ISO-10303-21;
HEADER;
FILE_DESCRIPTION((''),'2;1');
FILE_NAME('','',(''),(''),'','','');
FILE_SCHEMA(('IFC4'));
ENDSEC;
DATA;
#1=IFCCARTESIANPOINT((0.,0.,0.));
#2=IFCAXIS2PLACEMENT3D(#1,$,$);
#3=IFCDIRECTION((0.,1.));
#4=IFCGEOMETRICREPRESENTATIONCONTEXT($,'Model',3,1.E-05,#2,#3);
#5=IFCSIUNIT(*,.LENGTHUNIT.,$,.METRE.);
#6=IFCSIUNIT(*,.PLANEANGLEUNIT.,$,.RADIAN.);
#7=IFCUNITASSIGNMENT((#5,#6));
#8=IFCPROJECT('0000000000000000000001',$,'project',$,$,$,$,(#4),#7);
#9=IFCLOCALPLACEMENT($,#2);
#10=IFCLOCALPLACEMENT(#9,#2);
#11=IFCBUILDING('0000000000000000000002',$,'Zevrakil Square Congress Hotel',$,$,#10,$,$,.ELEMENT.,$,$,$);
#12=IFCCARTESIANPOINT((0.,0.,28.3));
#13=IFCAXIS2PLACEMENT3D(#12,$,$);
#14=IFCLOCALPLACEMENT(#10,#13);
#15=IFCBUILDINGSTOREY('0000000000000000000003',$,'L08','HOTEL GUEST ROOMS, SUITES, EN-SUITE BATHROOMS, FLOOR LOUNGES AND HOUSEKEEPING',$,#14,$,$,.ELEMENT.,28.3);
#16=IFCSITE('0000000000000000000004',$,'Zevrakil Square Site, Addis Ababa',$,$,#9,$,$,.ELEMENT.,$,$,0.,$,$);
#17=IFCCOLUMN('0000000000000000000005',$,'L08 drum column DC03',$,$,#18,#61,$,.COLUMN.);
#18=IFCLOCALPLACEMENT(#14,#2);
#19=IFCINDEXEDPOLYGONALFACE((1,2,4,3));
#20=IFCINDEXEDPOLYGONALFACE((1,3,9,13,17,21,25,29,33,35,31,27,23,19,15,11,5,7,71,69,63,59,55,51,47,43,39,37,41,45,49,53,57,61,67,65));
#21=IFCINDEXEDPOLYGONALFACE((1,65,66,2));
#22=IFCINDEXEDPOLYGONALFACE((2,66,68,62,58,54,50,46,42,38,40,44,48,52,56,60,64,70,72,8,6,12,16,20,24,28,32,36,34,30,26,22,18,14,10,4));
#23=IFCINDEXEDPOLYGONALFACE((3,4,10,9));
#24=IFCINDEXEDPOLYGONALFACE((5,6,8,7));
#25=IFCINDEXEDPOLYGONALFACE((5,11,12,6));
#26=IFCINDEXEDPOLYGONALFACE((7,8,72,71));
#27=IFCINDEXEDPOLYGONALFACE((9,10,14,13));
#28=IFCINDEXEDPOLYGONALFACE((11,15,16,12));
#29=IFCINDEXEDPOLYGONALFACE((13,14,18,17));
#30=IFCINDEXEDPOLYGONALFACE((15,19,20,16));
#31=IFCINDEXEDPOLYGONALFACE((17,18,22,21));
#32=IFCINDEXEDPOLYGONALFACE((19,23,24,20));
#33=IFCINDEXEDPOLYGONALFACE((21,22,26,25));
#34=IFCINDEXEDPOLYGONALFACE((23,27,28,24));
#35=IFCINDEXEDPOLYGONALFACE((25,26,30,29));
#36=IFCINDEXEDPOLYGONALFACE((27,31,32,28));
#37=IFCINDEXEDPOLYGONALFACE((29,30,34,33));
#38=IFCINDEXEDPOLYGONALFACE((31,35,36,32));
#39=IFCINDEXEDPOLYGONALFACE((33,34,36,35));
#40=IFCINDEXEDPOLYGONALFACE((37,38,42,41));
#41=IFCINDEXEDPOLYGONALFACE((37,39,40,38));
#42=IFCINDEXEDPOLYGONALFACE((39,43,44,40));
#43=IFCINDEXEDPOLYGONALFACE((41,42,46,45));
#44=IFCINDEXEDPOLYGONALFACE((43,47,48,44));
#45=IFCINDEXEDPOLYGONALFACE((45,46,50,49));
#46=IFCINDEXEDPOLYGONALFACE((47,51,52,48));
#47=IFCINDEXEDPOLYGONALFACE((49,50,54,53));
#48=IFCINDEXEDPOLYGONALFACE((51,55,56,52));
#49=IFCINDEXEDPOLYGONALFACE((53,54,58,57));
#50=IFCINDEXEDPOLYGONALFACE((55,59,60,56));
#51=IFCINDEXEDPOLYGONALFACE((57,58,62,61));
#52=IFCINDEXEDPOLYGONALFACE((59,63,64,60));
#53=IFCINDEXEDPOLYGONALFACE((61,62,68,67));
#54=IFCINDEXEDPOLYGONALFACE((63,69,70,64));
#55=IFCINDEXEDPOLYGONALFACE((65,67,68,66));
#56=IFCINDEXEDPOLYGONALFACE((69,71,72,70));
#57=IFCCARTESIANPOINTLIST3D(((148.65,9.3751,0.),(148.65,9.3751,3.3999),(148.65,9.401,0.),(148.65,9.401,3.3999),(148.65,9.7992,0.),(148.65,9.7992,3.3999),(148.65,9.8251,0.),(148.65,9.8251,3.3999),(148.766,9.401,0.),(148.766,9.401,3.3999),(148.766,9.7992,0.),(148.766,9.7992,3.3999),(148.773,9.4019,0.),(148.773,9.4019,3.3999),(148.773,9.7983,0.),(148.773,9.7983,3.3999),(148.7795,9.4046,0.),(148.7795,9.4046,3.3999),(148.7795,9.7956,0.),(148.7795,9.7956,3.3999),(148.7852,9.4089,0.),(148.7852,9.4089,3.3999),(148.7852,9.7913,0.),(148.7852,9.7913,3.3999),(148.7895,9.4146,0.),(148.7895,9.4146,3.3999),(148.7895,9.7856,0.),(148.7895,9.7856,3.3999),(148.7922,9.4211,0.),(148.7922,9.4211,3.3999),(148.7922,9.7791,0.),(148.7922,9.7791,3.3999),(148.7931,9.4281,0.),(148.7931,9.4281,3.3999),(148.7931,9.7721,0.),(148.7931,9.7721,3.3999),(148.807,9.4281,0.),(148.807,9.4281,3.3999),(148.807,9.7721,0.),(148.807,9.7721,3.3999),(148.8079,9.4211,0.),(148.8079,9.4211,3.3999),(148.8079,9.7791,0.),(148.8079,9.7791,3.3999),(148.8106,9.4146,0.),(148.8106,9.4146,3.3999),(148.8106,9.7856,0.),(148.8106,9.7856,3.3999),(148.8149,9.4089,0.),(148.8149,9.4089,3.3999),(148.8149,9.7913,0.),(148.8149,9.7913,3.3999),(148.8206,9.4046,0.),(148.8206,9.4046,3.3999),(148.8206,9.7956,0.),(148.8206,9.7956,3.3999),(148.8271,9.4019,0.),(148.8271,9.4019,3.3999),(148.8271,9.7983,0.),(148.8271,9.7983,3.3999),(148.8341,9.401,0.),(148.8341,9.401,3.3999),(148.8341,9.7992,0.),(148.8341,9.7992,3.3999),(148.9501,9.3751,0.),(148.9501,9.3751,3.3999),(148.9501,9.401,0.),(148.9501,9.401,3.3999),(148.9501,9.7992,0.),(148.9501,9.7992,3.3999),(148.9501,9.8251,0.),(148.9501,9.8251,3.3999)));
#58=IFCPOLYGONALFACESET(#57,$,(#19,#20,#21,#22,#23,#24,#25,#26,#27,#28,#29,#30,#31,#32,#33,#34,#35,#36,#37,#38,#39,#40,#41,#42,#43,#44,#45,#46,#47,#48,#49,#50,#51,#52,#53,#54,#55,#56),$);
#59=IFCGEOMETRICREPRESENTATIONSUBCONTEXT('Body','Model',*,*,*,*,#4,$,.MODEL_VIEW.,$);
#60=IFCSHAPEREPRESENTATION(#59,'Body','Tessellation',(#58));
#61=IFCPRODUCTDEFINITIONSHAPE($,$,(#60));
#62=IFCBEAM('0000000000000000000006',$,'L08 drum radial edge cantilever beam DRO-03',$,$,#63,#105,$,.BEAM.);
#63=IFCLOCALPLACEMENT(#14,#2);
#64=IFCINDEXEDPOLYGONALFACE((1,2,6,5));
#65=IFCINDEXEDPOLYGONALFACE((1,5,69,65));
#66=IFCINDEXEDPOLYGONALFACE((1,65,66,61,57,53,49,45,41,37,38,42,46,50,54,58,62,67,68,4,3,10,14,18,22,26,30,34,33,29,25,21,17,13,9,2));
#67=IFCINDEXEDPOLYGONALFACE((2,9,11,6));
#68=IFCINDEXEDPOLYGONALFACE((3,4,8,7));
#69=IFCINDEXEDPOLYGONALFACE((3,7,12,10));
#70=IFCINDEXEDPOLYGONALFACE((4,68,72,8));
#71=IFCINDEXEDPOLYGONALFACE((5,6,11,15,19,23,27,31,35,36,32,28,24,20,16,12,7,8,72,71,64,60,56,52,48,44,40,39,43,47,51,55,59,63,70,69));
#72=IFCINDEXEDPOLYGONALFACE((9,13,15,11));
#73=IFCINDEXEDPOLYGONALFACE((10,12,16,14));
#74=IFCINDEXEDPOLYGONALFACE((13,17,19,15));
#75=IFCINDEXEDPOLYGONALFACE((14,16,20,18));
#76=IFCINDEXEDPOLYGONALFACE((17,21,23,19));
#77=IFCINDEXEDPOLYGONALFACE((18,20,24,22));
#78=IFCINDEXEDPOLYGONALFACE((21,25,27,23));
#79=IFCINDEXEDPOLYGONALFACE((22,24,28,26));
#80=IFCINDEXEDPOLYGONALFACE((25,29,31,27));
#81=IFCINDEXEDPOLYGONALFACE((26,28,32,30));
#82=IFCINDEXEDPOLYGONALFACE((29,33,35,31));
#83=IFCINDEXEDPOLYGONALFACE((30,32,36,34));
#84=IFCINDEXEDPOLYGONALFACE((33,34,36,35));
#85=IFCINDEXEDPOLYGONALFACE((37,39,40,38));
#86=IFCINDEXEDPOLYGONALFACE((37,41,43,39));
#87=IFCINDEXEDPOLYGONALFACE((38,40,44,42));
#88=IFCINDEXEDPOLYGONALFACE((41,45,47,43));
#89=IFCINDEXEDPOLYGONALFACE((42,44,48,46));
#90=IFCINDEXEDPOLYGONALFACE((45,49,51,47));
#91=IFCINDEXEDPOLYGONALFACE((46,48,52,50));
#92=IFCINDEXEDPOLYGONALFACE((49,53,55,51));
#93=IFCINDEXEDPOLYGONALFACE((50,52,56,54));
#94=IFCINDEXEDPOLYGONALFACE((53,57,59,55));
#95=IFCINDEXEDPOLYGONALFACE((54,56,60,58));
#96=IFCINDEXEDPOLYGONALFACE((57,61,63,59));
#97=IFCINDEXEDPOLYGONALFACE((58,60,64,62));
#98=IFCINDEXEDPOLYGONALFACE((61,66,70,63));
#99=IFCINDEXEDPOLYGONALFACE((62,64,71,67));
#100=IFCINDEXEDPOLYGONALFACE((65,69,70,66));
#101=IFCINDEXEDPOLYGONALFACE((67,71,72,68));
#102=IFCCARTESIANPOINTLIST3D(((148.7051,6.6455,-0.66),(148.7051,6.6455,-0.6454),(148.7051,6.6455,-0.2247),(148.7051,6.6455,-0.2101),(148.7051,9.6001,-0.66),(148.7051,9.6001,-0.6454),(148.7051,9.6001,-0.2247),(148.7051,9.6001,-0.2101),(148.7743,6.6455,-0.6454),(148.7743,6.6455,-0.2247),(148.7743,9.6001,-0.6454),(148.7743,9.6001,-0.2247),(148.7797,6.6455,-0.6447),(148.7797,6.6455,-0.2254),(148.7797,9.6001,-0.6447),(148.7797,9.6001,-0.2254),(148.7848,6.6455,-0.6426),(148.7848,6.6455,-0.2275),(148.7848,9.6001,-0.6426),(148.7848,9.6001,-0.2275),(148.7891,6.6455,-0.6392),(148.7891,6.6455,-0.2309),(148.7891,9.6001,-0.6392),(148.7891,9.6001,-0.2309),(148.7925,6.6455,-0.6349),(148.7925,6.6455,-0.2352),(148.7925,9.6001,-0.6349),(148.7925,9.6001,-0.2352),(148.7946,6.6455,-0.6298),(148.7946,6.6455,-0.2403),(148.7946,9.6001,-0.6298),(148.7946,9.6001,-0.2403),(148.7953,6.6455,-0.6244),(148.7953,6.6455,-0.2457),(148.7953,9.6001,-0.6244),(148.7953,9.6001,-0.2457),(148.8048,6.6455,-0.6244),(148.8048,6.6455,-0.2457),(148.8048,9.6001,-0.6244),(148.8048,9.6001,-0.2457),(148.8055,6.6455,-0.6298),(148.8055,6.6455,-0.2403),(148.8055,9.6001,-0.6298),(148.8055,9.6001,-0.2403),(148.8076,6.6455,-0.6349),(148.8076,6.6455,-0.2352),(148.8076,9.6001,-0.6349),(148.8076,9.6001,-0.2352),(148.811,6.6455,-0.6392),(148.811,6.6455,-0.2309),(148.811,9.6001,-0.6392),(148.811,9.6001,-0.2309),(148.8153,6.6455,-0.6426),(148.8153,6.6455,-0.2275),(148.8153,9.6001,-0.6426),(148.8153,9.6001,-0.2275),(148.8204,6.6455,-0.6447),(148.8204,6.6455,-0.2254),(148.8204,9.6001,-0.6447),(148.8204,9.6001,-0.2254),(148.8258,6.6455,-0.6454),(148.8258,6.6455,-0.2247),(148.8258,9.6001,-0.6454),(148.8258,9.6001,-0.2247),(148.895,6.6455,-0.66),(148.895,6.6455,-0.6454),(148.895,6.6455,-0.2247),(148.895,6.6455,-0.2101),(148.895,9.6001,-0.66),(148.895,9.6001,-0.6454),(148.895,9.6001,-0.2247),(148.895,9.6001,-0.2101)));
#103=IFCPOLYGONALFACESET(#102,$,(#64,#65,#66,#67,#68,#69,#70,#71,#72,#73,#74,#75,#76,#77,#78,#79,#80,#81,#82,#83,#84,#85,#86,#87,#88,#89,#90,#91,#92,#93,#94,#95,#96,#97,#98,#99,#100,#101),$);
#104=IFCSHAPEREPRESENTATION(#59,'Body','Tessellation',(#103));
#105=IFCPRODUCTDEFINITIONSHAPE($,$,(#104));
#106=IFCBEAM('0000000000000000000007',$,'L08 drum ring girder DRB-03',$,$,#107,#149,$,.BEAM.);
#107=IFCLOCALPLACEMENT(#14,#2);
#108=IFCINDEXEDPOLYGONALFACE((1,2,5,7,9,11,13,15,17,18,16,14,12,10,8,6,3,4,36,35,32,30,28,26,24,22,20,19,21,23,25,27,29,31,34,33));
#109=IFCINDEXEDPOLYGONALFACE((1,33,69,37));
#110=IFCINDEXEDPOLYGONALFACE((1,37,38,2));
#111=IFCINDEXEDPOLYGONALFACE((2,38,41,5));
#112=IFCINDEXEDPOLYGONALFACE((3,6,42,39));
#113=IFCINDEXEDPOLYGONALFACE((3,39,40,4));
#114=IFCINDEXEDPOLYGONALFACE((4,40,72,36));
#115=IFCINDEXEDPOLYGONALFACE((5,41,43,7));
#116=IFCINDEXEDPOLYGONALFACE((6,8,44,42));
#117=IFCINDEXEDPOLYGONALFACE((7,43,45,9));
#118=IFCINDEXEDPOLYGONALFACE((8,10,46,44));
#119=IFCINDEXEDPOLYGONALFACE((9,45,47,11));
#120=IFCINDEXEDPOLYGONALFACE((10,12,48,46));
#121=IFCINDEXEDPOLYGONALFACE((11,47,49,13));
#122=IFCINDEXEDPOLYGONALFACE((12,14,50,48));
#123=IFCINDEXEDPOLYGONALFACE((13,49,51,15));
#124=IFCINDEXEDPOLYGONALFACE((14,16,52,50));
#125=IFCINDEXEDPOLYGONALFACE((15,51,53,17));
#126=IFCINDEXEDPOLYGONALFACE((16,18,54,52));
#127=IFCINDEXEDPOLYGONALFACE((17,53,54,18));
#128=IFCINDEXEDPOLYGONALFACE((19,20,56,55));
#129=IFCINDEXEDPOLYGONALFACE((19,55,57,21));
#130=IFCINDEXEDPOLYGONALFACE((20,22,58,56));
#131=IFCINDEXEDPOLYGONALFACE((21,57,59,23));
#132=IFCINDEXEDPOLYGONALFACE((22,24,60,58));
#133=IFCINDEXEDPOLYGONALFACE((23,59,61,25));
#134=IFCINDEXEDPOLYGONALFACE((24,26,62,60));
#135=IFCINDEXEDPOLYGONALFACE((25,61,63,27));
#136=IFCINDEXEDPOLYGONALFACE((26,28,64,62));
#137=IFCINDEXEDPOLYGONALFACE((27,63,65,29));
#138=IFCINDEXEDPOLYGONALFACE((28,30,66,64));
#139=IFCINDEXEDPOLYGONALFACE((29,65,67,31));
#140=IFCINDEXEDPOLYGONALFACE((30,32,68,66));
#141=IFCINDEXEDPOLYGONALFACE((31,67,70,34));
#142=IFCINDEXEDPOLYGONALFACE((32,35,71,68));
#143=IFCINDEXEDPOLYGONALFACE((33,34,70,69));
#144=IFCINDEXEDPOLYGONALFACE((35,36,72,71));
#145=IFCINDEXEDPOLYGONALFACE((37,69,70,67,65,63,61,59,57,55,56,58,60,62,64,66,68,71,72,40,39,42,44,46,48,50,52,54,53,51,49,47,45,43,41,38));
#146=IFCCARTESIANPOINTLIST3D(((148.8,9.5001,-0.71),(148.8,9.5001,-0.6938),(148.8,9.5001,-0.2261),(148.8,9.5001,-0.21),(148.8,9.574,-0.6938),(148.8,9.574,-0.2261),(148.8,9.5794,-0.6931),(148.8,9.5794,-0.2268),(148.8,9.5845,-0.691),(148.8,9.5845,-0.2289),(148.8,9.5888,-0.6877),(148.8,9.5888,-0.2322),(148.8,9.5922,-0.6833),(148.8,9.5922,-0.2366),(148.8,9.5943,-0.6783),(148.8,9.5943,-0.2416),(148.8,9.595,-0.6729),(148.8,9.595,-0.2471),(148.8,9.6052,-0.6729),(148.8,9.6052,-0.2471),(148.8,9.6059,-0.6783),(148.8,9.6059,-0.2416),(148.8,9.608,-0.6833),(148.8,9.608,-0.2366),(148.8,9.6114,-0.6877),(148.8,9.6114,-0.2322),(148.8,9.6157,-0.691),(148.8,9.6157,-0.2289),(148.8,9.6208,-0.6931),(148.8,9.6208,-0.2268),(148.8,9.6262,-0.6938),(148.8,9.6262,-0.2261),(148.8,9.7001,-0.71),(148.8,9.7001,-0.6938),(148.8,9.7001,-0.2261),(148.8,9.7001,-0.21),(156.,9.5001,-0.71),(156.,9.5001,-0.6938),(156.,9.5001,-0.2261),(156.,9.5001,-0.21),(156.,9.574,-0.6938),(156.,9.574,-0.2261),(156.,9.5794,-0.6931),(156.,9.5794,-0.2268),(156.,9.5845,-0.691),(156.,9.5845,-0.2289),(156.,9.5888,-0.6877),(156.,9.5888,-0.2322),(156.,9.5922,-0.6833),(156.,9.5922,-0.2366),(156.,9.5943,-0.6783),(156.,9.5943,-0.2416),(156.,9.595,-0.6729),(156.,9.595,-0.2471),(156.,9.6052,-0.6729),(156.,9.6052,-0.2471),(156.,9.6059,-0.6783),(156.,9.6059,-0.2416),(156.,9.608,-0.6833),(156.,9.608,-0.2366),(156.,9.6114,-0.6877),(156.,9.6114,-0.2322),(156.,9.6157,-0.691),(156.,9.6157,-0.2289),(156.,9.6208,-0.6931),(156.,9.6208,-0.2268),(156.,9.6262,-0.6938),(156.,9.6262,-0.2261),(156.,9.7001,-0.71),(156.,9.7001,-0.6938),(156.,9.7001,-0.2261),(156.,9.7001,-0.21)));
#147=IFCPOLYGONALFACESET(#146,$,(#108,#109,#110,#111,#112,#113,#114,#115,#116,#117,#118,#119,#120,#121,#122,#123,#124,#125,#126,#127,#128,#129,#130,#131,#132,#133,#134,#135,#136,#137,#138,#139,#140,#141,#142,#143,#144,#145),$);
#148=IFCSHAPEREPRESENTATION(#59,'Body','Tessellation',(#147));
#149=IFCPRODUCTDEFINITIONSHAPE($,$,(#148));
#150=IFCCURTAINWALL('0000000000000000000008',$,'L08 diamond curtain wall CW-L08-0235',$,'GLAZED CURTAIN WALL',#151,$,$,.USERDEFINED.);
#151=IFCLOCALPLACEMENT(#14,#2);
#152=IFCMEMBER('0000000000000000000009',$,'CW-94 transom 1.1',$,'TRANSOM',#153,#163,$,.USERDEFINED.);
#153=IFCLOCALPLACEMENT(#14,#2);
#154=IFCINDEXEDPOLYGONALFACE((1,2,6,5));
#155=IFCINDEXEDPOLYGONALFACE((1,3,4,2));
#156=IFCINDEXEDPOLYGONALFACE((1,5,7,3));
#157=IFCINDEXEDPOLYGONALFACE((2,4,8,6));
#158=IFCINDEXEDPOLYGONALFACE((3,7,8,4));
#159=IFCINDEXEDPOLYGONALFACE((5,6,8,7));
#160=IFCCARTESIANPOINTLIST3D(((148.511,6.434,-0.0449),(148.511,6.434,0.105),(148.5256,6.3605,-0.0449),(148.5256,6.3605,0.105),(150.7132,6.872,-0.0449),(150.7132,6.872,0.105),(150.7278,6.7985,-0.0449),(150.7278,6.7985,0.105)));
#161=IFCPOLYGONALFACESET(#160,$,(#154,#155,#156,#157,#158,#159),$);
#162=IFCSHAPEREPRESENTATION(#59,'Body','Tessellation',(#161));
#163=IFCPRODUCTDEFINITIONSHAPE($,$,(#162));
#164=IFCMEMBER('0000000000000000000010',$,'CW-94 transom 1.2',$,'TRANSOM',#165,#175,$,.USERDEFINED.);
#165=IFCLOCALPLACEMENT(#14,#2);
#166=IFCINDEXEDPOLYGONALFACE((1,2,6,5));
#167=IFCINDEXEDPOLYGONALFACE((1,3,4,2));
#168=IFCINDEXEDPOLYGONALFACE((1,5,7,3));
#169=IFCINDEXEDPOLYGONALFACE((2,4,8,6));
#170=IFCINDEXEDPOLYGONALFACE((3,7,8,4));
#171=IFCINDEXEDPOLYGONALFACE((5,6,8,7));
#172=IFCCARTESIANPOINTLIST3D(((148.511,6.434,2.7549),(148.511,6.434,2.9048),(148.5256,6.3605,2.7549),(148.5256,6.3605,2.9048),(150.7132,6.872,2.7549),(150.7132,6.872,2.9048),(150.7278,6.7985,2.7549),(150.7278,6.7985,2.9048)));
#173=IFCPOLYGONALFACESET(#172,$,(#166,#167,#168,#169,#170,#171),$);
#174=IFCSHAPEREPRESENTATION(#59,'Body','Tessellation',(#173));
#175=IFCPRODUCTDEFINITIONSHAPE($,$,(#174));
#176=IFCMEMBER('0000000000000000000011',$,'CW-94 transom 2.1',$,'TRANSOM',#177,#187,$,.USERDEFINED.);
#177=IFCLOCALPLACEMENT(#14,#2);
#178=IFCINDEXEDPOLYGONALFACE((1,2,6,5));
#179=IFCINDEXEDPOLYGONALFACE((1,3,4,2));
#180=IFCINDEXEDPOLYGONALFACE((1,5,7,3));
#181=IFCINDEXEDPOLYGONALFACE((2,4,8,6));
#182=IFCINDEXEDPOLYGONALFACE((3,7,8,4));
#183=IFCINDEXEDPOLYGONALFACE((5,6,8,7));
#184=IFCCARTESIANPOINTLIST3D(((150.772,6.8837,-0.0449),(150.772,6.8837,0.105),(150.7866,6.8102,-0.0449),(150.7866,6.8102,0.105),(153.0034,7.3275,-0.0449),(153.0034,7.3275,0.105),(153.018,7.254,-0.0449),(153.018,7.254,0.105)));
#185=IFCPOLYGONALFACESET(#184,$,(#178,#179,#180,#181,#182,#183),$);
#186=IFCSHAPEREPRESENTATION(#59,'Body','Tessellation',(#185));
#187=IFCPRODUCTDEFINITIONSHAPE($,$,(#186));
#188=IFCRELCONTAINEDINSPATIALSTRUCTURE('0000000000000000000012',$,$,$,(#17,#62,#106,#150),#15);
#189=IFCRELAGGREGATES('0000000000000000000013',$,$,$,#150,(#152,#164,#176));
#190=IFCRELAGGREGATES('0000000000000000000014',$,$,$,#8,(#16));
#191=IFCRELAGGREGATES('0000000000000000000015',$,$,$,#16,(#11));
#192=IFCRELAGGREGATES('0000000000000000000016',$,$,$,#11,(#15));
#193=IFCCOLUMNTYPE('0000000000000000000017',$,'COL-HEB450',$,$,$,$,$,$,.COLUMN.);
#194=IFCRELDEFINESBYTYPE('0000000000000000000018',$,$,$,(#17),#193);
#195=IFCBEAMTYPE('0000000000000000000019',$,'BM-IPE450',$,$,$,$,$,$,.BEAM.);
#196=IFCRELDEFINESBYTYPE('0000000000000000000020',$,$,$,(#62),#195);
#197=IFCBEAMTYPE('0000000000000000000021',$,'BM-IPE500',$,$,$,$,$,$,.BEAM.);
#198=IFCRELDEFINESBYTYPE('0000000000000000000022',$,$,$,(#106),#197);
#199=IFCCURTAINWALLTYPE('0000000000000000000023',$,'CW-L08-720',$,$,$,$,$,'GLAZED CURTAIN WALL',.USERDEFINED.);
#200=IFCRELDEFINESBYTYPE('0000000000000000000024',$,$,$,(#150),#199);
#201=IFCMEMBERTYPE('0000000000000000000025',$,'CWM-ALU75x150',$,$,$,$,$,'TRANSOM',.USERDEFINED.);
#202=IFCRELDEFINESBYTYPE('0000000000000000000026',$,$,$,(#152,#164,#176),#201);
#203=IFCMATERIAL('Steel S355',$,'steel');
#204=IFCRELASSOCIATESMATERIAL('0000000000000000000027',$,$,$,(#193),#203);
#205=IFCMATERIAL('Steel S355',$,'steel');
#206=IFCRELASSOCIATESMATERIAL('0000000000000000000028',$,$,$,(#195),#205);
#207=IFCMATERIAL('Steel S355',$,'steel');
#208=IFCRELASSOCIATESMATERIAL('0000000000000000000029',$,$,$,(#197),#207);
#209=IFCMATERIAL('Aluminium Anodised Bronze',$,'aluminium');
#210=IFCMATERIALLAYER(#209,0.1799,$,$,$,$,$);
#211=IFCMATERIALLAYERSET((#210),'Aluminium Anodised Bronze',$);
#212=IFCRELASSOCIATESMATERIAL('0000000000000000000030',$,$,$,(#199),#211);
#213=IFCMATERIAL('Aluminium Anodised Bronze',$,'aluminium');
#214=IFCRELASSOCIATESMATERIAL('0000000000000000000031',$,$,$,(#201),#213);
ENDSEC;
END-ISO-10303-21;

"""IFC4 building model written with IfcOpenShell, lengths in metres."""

from ifc_helpers import new_model, si_unit, direction, frame, origin, origin_2d, place, context, subcontext, project, spatial, rectangle, i_section, extrude, material, layer, layer_set, material_profile, profile_set, type_object, element, aggregate, save


model = new_model("IFC4")

# Units and contexts
model_context = context("Model", 3, precision=1e-05, world=origin(), true_north=direction((0.0, 1.0)))
body_context = subcontext(model_context, "Body", "Model", "MODEL_VIEW")
ifc_project = project(units=[si_unit("LENGTHUNIT", "METRE"), si_unit("PLANEANGLEUNIT", "RADIAN")], contexts=[model_context])

# Site, building, storey
site_placement = place(None, origin())
site = spatial("IfcSite", under=ifc_project, at=site_placement, Name="Zevrakil Square Site, Addis Ababa", CompositionType="ELEMENT", RefElevation=0.0)
building_placement = place(site_placement, origin())
building = spatial("IfcBuilding", under=site, at=building_placement, Name="Zevrakil Square Congress Hotel", CompositionType="ELEMENT")
storey_placement = place(building_placement, frame((0.0, 0.0, 28.3)))
storey = spatial("IfcBuildingStorey", under=building, at=storey_placement, Name="L08", Description="HOTEL GUEST ROOMS, SUITES, EN-SUITE BATHROOMS, FLOOR LOUNGES AND HOUSEKEEPING", CompositionType="ELEMENT", Elevation=28.3)

# Column
ifc_material_1 = material(Name="Steel S355", Category="steel")
ifc_material_profile_1 = material_profile(ifc_material_1, i_section(OverallWidth=0.3, OverallDepth=0.45, WebThickness=0.0139, FlangeThickness=0.0259, FilletRadius=0.0271, at=origin_2d()), Name="HEB 450")
ifc_profile_set_1 = profile_set([ifc_material_profile_1], Name="Steel S355")
column_type = type_object("IfcColumnType", Name="COL-HEB450", PredefinedType="COLUMN", material=ifc_profile_set_1)
column_placement = place(storey_placement, frame((148.8, 9.6001, 0.0), z_axis=(0.0, 0.0, 1.0), x_axis=(1.0, 0.0, 0.0)))
element("IfcColumn", 1, at=column_placement, inside=storey, type_object=column_type, Name="L08 drum column DC03", PredefinedType="COLUMN", context=body_context, shape_type="SweptSolid", body=[
    extrude(i_section(OverallWidth=0.3, OverallDepth=0.45, WebThickness=0.0139, FlangeThickness=0.0259, FilletRadius=0.0271, at=origin_2d()), origin(), (0.0, 0.0, 1.0), 3.3999),
])

# Beams
ifc_material_2 = material(Name="Steel S355", Category="steel")
ifc_material_profile_2 = material_profile(ifc_material_2, i_section(OverallWidth=0.1899, OverallDepth=0.45, WebThickness=0.0095, FlangeThickness=0.0146, FilletRadius=0.021, at=origin_2d()), Name="IPE 450")
ifc_profile_set_2 = profile_set([ifc_material_profile_2], Name="Steel S355")
beam_type_1 = type_object("IfcBeamType", Name="BM-IPE450", PredefinedType="BEAM", material=ifc_profile_set_2)
beam_1_placement = place(storey_placement, frame((148.8, 9.6001, -0.4351), z_axis=(0.0, -1.0, 0.0), x_axis=(1.0, 0.0, 0.0)))
element("IfcBeam", 2, at=beam_1_placement, inside=storey, type_object=beam_type_1, Name="L08 drum radial edge cantilever beam DRO-03", PredefinedType="BEAM", context=body_context, shape_type="SweptSolid", body=[
    extrude(i_section(OverallWidth=0.1899, OverallDepth=0.45, WebThickness=0.0095, FlangeThickness=0.0146, FilletRadius=0.021, at=origin_2d()), origin(), (0.0, 0.0, 1.0), 2.9546),
])
ifc_material_3 = material(Name="Steel S355", Category="steel")
ifc_material_profile_3 = material_profile(ifc_material_3, i_section(OverallWidth=0.2, OverallDepth=0.5, WebThickness=0.0103, FlangeThickness=0.0161, FilletRadius=0.021, at=origin_2d()), Name="IPE 500")
ifc_profile_set_3 = profile_set([ifc_material_profile_3], Name="Steel S355")
beam_type_2 = type_object("IfcBeamType", Name="BM-IPE500", PredefinedType="BEAM", material=ifc_profile_set_3)
beam_2_placement = place(storey_placement, frame((148.8, 9.6001, -0.46), z_axis=(1.0, 0.0, 0.0), x_axis=(0.0, 1.0, 0.0)))
element("IfcBeam", 3, at=beam_2_placement, inside=storey, type_object=beam_type_2, Name="L08 drum ring girder DRB-03", PredefinedType="BEAM", context=body_context, shape_type="SweptSolid", body=[
    extrude(i_section(OverallWidth=0.2, OverallDepth=0.5, WebThickness=0.0103, FlangeThickness=0.0161, FilletRadius=0.021, at=origin_2d()), origin(), (0.0, 0.0, 1.0), 7.2),
])

# Curtain wall, members
ifc_material_4 = material(Name="Aluminium Anodised Bronze", Category="aluminium")
ifc_layer_1 = layer(ifc_material_4, 0.1799)
ifc_layer_set_1 = layer_set([ifc_layer_1], Name="Aluminium Anodised Bronze")
curtain_wall_type_1 = type_object("IfcCurtainWallType", Name="CW-L08-720", ElementType="GLAZED CURTAIN WALL", PredefinedType="USERDEFINED", material=ifc_layer_set_1)
curtain_wall_1_placement = place(storey_placement, origin())
curtain_wall_1 = element("IfcCurtainWall", 4, at=curtain_wall_1_placement, inside=storey, type_object=curtain_wall_type_1, Name="L08 diamond curtain wall CW-L08-0235", ObjectType="GLAZED CURTAIN WALL", PredefinedType="USERDEFINED")
ifc_material_5 = material(Name="Aluminium Anodised Bronze", Category="aluminium")
ifc_material_profile_4 = material_profile(ifc_material_5, rectangle(XDim=0.075, YDim=0.1499, at=origin_2d()), Name="ALU 75x150")
ifc_profile_set_4 = profile_set([ifc_material_profile_4], Name="Aluminium Anodised Bronze")
member_type_1 = type_object("IfcMemberType", Name="CWM-ALU75x150", ElementType="TRANSOM", PredefinedType="USERDEFINED", material=ifc_profile_set_4)
member_1_placement = place(storey_placement, frame((148.5183, 6.3972, 0.03), z_axis=(0.980789, 0.19507, 0.0), x_axis=(-0.19507, 0.980789, 0.0)))
member_1 = element("IfcMember", 5, at=member_1_placement, type_object=member_type_1, Name="CW-94 transom 1.1", ObjectType="TRANSOM", PredefinedType="USERDEFINED", context=body_context, shape_type="SweptSolid", body=[
    extrude(rectangle(XDim=0.075, YDim=0.1499, at=origin_2d()), origin(), (0.0, 0.0, 1.0), 2.2454),
])
member_2_placement = place(storey_placement, frame((148.5183, 6.3972, 2.8298), z_axis=(0.980789, 0.19507, 0.0), x_axis=(-0.19507, 0.980789, 0.0)))
member_2 = element("IfcMember", 6, at=member_2_placement, type_object=member_type_1, Name="CW-94 transom 1.2", ObjectType="TRANSOM", PredefinedType="USERDEFINED", context=body_context, shape_type="SweptSolid", body=[
    extrude(rectangle(XDim=0.075, YDim=0.1499, at=origin_2d()), origin(), (0.0, 0.0, 1.0), 2.2454),
])
member_3_placement = place(storey_placement, frame((150.7793, 6.8469, 0.03), z_axis=(0.980786, 0.195084, 0.0), x_axis=(-0.195084, 0.980786, 0.0)))
member_3 = element("IfcMember", 7, at=member_3_placement, type_object=member_type_1, Name="CW-94 transom 2.1", ObjectType="TRANSOM", PredefinedType="USERDEFINED", context=body_context, shape_type="SweptSolid", body=[
    extrude(rectangle(XDim=0.075, YDim=0.1499, at=origin_2d()), origin(), (0.0, 0.0, 1.0), 2.2751),
])

aggregate(curtain_wall_1, [member_1, member_2, member_3])

save(model, "model.ifc")
